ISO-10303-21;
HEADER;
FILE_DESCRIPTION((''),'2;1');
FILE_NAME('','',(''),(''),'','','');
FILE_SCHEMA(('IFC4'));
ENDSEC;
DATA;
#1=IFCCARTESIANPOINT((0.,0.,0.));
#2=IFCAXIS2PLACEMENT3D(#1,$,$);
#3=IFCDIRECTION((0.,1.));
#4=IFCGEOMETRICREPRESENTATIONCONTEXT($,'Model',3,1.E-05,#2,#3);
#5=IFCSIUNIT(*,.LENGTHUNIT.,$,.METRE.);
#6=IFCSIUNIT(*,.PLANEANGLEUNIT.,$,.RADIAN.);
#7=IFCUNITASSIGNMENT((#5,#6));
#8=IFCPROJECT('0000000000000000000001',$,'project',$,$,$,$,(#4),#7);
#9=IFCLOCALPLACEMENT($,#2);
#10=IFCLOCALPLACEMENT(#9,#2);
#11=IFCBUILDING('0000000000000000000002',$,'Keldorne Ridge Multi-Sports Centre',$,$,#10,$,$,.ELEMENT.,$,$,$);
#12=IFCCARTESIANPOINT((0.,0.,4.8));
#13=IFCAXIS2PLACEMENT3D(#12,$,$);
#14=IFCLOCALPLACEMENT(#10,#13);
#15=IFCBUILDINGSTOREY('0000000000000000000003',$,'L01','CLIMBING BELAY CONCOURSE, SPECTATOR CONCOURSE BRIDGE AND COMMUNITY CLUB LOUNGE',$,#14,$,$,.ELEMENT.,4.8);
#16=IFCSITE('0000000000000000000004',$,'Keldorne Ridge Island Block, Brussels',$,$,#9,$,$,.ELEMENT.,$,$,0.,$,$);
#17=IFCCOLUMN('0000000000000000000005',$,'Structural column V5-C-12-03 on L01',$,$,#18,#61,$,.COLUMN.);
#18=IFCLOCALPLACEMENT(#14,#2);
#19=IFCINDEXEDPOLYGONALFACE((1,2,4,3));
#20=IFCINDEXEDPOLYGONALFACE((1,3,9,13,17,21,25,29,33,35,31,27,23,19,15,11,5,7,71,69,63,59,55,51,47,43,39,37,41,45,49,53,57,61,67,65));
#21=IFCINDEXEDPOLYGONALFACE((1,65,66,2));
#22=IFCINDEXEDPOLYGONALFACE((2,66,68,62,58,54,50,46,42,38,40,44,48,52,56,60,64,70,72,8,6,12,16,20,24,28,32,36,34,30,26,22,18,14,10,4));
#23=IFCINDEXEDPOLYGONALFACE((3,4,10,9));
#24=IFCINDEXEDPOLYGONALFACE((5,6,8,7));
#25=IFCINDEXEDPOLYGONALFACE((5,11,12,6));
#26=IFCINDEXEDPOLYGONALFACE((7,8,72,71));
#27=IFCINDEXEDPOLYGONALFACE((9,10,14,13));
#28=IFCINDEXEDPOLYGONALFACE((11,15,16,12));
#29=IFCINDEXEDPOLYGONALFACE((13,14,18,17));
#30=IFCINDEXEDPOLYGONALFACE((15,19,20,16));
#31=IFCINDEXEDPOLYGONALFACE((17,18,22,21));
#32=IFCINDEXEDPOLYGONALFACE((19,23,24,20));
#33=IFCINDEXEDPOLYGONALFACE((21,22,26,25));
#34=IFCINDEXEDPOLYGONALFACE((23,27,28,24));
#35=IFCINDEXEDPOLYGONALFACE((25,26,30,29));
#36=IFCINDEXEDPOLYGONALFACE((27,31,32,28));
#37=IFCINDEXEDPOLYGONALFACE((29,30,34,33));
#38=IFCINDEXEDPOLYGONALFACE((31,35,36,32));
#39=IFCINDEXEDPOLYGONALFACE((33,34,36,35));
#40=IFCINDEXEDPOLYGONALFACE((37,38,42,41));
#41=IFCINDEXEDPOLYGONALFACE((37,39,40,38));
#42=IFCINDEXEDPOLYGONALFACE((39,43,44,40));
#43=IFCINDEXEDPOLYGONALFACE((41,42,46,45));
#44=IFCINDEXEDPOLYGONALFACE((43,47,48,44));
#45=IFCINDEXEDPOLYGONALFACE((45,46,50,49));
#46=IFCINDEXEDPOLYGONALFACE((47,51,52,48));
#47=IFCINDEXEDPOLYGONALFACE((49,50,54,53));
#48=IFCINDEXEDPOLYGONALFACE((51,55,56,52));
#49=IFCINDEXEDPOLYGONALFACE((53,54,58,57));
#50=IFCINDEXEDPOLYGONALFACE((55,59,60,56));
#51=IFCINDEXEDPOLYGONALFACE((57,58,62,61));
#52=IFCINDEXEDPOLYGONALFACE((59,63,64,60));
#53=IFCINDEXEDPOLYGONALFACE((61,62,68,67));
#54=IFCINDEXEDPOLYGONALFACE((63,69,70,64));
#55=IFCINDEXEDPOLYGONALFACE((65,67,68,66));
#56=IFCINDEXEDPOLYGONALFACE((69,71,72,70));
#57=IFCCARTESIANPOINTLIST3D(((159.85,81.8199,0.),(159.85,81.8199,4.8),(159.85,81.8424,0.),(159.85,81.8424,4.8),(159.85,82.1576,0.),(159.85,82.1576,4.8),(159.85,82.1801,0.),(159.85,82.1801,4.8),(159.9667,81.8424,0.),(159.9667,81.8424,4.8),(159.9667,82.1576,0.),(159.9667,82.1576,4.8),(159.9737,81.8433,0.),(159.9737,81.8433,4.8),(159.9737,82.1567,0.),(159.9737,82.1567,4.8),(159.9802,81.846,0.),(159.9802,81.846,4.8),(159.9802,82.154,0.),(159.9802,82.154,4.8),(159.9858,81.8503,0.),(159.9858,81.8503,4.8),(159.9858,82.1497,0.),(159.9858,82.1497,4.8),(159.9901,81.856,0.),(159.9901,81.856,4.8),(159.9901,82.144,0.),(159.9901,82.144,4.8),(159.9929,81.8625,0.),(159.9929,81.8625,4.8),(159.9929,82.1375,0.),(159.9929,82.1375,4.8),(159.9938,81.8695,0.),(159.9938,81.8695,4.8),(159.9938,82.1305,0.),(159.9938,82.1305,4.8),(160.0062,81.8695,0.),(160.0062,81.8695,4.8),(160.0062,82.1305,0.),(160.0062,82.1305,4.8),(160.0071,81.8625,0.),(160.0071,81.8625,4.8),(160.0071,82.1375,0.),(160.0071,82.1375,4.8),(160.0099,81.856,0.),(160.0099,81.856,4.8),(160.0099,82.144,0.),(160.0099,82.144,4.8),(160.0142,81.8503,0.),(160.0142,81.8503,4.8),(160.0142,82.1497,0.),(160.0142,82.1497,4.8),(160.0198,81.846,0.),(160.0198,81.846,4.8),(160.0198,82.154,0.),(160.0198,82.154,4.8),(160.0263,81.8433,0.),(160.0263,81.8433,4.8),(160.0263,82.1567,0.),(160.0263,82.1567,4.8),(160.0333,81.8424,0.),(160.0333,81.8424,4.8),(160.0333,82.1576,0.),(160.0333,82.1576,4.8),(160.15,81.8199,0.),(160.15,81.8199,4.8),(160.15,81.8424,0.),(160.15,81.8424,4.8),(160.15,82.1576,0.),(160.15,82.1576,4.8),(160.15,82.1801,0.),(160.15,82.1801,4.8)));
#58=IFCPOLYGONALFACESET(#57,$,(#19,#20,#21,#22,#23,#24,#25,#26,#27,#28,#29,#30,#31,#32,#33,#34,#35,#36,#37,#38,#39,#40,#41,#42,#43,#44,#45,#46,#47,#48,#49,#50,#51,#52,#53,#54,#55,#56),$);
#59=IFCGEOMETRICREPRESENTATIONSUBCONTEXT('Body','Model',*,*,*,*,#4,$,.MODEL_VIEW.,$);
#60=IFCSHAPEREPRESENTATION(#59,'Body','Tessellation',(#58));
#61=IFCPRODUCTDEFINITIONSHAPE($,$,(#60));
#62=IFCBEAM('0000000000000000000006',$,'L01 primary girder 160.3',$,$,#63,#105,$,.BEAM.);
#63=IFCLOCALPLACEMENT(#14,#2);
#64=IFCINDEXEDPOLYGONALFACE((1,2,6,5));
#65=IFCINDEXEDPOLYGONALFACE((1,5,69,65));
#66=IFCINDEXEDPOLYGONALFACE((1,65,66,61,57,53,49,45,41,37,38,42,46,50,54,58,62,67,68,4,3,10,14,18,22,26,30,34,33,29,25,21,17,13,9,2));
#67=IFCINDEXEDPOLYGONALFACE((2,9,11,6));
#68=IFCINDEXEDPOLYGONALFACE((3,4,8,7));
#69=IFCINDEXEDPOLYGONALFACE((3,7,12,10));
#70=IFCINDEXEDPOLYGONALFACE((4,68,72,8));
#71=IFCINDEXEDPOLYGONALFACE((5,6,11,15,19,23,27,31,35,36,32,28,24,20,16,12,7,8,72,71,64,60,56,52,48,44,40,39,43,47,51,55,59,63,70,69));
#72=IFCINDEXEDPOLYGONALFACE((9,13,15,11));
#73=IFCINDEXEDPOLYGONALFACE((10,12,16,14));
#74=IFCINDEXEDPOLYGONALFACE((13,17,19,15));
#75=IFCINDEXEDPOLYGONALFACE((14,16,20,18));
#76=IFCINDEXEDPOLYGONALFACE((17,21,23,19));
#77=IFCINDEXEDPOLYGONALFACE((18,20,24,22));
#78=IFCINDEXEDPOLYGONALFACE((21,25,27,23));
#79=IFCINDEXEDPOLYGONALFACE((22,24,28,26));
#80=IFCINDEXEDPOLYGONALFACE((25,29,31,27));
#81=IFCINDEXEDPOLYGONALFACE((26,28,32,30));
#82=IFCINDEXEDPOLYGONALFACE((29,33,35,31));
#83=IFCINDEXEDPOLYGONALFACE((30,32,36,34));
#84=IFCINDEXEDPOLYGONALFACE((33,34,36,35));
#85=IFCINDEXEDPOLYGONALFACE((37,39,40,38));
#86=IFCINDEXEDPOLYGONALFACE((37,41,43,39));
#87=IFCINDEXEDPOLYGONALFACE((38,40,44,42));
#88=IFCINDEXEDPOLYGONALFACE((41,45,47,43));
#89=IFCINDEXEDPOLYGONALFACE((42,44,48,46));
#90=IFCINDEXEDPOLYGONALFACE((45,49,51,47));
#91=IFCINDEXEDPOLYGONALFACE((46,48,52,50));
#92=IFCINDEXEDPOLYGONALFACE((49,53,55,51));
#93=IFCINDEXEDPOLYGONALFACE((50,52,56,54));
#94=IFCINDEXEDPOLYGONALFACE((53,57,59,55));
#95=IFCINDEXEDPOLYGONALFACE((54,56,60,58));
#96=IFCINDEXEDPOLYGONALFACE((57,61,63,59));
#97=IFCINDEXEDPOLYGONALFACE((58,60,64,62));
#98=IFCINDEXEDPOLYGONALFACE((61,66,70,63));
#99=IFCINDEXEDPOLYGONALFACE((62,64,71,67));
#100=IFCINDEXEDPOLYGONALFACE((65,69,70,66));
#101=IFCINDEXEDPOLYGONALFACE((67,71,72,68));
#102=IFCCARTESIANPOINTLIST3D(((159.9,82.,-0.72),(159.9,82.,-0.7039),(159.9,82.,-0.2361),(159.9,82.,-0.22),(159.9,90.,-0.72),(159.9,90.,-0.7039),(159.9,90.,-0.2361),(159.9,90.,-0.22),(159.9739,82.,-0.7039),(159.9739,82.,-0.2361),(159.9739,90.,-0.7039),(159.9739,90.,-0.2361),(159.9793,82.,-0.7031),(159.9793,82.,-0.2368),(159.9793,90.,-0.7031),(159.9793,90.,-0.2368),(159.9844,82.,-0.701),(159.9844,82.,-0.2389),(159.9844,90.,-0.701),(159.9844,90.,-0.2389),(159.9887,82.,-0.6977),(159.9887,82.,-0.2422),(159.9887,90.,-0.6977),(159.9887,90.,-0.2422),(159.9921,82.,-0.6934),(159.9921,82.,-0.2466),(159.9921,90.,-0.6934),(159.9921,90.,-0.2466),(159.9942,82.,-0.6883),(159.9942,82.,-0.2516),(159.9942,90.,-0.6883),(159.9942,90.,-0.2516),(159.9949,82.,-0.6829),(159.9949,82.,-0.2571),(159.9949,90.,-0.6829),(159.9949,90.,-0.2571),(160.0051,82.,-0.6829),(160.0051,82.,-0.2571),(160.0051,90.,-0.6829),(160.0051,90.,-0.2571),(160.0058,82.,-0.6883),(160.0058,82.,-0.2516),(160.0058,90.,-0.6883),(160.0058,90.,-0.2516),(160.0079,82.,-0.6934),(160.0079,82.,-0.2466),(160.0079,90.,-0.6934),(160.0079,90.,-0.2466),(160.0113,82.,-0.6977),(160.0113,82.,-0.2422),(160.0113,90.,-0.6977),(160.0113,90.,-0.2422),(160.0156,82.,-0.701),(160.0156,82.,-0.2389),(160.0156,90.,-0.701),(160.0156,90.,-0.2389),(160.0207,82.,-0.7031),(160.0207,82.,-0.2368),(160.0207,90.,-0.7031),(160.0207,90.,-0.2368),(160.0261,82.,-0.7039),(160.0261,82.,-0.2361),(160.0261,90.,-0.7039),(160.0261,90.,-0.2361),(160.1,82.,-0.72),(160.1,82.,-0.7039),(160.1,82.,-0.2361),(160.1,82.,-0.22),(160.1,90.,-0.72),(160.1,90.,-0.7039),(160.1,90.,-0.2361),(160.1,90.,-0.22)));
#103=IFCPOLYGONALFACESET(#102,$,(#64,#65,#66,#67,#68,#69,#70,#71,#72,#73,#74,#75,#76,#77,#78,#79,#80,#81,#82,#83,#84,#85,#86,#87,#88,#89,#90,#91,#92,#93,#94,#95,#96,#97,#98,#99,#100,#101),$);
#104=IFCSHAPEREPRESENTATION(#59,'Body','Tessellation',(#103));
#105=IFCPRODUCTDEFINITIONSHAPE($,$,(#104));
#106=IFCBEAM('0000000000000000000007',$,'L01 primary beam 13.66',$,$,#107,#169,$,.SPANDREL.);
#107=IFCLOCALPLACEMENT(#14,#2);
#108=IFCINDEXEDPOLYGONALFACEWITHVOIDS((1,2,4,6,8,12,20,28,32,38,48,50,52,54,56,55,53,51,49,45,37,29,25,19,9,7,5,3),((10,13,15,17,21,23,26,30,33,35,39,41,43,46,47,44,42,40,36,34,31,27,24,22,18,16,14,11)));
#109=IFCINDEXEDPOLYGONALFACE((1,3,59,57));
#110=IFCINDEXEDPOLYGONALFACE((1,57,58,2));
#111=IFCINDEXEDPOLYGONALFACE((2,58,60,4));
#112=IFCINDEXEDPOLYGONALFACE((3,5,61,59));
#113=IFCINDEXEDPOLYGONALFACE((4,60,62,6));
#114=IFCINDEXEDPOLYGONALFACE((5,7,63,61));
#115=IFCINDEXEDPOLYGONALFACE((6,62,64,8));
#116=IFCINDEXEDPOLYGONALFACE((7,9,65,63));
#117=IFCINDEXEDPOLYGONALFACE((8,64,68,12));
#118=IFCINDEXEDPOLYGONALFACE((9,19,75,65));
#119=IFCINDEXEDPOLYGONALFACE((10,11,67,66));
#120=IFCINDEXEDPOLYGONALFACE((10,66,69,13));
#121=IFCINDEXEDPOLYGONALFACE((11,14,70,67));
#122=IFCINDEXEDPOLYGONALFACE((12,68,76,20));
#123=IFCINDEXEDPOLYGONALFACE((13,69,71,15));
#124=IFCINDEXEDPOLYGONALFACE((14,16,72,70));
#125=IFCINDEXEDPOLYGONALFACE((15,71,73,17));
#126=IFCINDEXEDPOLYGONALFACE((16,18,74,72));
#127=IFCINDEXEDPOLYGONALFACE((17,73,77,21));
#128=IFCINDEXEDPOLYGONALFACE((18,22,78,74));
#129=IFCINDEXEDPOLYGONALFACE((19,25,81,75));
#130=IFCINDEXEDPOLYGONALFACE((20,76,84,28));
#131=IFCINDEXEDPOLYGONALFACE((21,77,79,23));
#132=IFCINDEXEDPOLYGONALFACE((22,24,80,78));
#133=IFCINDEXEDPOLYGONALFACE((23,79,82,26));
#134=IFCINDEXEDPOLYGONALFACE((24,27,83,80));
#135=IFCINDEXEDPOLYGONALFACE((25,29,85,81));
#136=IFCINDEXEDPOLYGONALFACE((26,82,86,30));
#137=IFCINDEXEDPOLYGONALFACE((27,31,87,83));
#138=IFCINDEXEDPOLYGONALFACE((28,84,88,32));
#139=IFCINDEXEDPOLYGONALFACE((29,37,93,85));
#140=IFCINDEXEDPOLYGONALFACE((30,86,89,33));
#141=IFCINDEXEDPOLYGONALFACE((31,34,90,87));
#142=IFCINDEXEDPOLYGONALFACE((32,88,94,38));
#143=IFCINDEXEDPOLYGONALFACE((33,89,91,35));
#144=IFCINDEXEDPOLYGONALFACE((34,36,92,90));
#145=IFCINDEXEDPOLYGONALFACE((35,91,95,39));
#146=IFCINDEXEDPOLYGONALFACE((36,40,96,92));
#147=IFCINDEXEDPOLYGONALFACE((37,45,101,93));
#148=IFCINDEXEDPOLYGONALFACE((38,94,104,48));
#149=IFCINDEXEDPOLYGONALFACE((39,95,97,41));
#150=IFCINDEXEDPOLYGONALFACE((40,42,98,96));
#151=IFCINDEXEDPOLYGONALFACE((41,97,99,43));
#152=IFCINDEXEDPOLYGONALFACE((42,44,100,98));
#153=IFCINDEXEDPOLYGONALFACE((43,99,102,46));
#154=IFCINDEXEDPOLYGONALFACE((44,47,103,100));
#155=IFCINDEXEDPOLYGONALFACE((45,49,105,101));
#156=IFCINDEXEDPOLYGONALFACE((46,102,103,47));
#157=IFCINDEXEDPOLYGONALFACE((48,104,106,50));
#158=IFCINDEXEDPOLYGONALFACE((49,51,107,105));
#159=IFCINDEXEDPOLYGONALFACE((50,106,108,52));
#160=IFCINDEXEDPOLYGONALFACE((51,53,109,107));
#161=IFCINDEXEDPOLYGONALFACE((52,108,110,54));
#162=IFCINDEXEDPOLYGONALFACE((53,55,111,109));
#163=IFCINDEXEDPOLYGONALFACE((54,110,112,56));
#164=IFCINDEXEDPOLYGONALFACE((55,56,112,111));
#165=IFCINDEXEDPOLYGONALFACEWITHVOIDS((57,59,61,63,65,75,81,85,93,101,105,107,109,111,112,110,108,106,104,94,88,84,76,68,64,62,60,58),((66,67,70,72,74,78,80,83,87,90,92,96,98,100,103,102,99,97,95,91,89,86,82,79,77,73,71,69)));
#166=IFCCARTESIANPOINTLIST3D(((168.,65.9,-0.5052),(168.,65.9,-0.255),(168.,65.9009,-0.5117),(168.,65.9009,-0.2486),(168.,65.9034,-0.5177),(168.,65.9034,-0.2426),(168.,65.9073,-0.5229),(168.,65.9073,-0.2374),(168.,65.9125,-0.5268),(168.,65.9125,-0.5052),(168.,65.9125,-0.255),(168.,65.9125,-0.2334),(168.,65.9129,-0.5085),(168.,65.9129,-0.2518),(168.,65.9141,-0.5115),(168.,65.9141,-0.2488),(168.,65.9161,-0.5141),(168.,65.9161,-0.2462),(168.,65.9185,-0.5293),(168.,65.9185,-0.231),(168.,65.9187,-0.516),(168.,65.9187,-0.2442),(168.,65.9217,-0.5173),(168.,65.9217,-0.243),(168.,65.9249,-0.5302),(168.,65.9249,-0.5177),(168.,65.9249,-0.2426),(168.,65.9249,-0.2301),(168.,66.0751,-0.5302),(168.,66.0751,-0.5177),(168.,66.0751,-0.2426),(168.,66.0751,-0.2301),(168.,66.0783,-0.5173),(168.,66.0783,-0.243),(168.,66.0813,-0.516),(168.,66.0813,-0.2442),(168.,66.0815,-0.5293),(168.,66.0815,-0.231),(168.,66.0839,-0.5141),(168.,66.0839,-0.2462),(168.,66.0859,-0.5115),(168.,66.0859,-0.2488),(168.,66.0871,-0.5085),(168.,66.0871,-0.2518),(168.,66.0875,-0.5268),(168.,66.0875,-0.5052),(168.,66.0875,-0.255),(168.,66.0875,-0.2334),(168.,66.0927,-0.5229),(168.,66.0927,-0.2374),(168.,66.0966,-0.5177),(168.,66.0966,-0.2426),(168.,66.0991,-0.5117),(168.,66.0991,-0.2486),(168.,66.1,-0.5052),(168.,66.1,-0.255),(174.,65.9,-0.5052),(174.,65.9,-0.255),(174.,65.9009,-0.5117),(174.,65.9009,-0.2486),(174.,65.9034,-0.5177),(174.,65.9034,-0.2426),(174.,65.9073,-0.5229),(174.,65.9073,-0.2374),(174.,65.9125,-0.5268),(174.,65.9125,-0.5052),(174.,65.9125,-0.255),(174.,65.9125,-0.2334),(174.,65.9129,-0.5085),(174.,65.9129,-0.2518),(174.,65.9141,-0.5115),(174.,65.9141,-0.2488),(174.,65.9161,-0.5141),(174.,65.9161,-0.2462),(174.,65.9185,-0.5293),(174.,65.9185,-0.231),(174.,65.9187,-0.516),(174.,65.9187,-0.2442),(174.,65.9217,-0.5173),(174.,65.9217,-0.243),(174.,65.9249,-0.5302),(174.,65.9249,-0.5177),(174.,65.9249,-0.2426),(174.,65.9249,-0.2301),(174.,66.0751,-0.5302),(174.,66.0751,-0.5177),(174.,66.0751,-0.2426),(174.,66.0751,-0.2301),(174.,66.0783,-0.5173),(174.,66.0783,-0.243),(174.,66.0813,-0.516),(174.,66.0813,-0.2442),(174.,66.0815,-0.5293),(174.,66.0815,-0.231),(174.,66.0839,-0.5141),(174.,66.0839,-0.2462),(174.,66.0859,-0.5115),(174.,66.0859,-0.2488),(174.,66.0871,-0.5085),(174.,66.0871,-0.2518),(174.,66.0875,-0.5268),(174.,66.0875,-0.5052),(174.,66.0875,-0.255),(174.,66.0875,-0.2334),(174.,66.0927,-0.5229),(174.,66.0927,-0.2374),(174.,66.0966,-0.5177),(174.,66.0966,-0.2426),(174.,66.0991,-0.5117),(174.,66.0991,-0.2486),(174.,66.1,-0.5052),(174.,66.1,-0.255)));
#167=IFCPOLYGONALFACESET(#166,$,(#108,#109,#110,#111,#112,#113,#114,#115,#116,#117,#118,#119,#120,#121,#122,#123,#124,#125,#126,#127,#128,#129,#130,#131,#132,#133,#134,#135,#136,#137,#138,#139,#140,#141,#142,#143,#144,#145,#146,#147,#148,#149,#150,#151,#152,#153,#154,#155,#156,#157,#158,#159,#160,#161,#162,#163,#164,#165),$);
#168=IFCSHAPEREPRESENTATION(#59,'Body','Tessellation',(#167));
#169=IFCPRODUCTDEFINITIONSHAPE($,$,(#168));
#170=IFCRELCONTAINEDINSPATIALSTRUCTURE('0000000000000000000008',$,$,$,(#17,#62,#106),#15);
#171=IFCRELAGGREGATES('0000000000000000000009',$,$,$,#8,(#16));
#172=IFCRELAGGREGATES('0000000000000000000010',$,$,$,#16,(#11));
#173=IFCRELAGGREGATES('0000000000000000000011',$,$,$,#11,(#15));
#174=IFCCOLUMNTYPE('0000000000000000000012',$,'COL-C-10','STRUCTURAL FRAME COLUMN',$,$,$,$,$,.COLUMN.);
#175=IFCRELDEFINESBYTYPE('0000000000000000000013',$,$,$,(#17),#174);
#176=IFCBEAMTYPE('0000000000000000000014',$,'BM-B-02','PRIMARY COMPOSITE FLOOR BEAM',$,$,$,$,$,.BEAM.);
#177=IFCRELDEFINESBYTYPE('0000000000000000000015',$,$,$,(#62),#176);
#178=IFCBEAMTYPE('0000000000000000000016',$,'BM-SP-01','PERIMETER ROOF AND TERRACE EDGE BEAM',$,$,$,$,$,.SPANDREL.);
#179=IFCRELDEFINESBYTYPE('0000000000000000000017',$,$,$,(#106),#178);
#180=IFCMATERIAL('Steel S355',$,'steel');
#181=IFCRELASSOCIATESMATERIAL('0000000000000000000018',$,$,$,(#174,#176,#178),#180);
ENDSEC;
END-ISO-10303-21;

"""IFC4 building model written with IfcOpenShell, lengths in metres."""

from ifc_helpers import new_model, si_unit, direction, frame, origin, origin_2d, place, context, subcontext, project, spatial, hollow_rectangle, i_section, extrude, material, material_profile, profile_set, type_object, element, save


model = new_model("IFC4")

# Units and contexts
model_context = context("Model", 3, precision=1e-05, world=origin(), true_north=direction((0.0, 1.0)))
body_context = subcontext(model_context, "Body", "Model", "MODEL_VIEW")
ifc_project = project(units=[si_unit("LENGTHUNIT", "METRE"), si_unit("PLANEANGLEUNIT", "RADIAN")], contexts=[model_context])

# Site, building, storey
site_placement = place(None, origin())
site = spatial("IfcSite", under=ifc_project, at=site_placement, Name="Keldorne Ridge Island Block, Brussels", CompositionType="ELEMENT", RefElevation=0.0)
building_placement = place(site_placement, origin())
building = spatial("IfcBuilding", under=site, at=building_placement, Name="Keldorne Ridge Multi-Sports Centre", CompositionType="ELEMENT")
storey_placement = place(building_placement, frame((0.0, 0.0, 4.8)))
storey = spatial("IfcBuildingStorey", under=building, at=storey_placement, Name="L01", Description="CLIMBING BELAY CONCOURSE, SPECTATOR CONCOURSE BRIDGE AND COMMUNITY CLUB LOUNGE", CompositionType="ELEMENT", Elevation=4.8)

# Column
ifc_material_1 = material(Name="Steel S355", Category="steel")
ifc_material_profile_1 = material_profile(ifc_material_1, i_section(OverallWidth=0.3, OverallDepth=0.3601, WebThickness=0.0125, FlangeThickness=0.0225, FilletRadius=0.0271, at=origin_2d()), Name="HEB 360")
ifc_profile_set_1 = profile_set([ifc_material_profile_1], Name="Steel S355")
column_type = type_object("IfcColumnType", Name="COL-C-10", Description="STRUCTURAL FRAME COLUMN", PredefinedType="COLUMN", material=ifc_profile_set_1)
column_placement = place(storey_placement, frame((160.0, 82.0, 0.0), z_axis=(0.0, 0.0, 1.0), x_axis=(1.0, 0.0, 0.0)))
element("IfcColumn", 1, at=column_placement, inside=storey, type_object=column_type, Name="Structural column V5-C-12-03 on L01", PredefinedType="COLUMN", context=body_context, shape_type="SweptSolid", body=[
    extrude(i_section(OverallWidth=0.3, OverallDepth=0.3601, WebThickness=0.0125, FlangeThickness=0.0225, FilletRadius=0.0271, at=origin_2d()), origin(), (0.0, 0.0, 1.0), 4.8),
])

# Beams
ifc_material_profile_2 = material_profile(ifc_material_1, i_section(OverallWidth=0.2, OverallDepth=0.5, WebThickness=0.0103, FlangeThickness=0.0161, FilletRadius=0.021, at=origin_2d()), Name="IPE 500")
ifc_profile_set_2 = profile_set([ifc_material_profile_2], Name="Steel S355")
beam_type_1 = type_object("IfcBeamType", Name="BM-B-02", Description="PRIMARY COMPOSITE FLOOR BEAM", PredefinedType="BEAM", material=ifc_profile_set_2)
beam_1_placement = place(storey_placement, frame((160.0, 82.0, -0.47), z_axis=(0.0, 1.0, 0.0), x_axis=(-1.0, 0.0, 0.0)))
element("IfcBeam", 2, at=beam_1_placement, inside=storey, type_object=beam_type_1, Name="L01 primary girder 160.3", PredefinedType="BEAM", context=body_context, shape_type="SweptSolid", body=[
    extrude(i_section(OverallWidth=0.2, OverallDepth=0.5, WebThickness=0.0103, FlangeThickness=0.0161, FilletRadius=0.021, at=origin_2d()), origin(), (0.0, 0.0, 1.0), 8.0),
])
ifc_material_profile_3 = material_profile(ifc_material_1, hollow_rectangle(XDim=0.2, YDim=0.3, WallThickness=0.0125, InnerFilletRadius=0.0125, OuterFilletRadius=0.0249, at=origin_2d()), Name="RHS 300x200x12.5")
ifc_profile_set_3 = profile_set([ifc_material_profile_3], Name="Steel S355")
beam_type_2 = type_object("IfcBeamType", Name="BM-SP-01", Description="PERIMETER ROOF AND TERRACE EDGE BEAM", PredefinedType="SPANDREL", material=ifc_profile_set_3)
beam_2_placement = place(storey_placement, frame((168.0, 66.0, -0.3801), z_axis=(1.0, 0.0, 0.0), x_axis=(0.0, 1.0, 0.0)))
element("IfcBeam", 3, at=beam_2_placement, inside=storey, type_object=beam_type_2, Name="L01 primary beam 13.66", PredefinedType="SPANDREL", context=body_context, shape_type="SweptSolid", body=[
    extrude(hollow_rectangle(XDim=0.2, YDim=0.3, WallThickness=0.0125, InnerFilletRadius=0.0125, OuterFilletRadius=0.0249, at=origin_2d()), origin(), (0.0, 0.0, 1.0), 6.0),
])

save(model, "model.ifc")
